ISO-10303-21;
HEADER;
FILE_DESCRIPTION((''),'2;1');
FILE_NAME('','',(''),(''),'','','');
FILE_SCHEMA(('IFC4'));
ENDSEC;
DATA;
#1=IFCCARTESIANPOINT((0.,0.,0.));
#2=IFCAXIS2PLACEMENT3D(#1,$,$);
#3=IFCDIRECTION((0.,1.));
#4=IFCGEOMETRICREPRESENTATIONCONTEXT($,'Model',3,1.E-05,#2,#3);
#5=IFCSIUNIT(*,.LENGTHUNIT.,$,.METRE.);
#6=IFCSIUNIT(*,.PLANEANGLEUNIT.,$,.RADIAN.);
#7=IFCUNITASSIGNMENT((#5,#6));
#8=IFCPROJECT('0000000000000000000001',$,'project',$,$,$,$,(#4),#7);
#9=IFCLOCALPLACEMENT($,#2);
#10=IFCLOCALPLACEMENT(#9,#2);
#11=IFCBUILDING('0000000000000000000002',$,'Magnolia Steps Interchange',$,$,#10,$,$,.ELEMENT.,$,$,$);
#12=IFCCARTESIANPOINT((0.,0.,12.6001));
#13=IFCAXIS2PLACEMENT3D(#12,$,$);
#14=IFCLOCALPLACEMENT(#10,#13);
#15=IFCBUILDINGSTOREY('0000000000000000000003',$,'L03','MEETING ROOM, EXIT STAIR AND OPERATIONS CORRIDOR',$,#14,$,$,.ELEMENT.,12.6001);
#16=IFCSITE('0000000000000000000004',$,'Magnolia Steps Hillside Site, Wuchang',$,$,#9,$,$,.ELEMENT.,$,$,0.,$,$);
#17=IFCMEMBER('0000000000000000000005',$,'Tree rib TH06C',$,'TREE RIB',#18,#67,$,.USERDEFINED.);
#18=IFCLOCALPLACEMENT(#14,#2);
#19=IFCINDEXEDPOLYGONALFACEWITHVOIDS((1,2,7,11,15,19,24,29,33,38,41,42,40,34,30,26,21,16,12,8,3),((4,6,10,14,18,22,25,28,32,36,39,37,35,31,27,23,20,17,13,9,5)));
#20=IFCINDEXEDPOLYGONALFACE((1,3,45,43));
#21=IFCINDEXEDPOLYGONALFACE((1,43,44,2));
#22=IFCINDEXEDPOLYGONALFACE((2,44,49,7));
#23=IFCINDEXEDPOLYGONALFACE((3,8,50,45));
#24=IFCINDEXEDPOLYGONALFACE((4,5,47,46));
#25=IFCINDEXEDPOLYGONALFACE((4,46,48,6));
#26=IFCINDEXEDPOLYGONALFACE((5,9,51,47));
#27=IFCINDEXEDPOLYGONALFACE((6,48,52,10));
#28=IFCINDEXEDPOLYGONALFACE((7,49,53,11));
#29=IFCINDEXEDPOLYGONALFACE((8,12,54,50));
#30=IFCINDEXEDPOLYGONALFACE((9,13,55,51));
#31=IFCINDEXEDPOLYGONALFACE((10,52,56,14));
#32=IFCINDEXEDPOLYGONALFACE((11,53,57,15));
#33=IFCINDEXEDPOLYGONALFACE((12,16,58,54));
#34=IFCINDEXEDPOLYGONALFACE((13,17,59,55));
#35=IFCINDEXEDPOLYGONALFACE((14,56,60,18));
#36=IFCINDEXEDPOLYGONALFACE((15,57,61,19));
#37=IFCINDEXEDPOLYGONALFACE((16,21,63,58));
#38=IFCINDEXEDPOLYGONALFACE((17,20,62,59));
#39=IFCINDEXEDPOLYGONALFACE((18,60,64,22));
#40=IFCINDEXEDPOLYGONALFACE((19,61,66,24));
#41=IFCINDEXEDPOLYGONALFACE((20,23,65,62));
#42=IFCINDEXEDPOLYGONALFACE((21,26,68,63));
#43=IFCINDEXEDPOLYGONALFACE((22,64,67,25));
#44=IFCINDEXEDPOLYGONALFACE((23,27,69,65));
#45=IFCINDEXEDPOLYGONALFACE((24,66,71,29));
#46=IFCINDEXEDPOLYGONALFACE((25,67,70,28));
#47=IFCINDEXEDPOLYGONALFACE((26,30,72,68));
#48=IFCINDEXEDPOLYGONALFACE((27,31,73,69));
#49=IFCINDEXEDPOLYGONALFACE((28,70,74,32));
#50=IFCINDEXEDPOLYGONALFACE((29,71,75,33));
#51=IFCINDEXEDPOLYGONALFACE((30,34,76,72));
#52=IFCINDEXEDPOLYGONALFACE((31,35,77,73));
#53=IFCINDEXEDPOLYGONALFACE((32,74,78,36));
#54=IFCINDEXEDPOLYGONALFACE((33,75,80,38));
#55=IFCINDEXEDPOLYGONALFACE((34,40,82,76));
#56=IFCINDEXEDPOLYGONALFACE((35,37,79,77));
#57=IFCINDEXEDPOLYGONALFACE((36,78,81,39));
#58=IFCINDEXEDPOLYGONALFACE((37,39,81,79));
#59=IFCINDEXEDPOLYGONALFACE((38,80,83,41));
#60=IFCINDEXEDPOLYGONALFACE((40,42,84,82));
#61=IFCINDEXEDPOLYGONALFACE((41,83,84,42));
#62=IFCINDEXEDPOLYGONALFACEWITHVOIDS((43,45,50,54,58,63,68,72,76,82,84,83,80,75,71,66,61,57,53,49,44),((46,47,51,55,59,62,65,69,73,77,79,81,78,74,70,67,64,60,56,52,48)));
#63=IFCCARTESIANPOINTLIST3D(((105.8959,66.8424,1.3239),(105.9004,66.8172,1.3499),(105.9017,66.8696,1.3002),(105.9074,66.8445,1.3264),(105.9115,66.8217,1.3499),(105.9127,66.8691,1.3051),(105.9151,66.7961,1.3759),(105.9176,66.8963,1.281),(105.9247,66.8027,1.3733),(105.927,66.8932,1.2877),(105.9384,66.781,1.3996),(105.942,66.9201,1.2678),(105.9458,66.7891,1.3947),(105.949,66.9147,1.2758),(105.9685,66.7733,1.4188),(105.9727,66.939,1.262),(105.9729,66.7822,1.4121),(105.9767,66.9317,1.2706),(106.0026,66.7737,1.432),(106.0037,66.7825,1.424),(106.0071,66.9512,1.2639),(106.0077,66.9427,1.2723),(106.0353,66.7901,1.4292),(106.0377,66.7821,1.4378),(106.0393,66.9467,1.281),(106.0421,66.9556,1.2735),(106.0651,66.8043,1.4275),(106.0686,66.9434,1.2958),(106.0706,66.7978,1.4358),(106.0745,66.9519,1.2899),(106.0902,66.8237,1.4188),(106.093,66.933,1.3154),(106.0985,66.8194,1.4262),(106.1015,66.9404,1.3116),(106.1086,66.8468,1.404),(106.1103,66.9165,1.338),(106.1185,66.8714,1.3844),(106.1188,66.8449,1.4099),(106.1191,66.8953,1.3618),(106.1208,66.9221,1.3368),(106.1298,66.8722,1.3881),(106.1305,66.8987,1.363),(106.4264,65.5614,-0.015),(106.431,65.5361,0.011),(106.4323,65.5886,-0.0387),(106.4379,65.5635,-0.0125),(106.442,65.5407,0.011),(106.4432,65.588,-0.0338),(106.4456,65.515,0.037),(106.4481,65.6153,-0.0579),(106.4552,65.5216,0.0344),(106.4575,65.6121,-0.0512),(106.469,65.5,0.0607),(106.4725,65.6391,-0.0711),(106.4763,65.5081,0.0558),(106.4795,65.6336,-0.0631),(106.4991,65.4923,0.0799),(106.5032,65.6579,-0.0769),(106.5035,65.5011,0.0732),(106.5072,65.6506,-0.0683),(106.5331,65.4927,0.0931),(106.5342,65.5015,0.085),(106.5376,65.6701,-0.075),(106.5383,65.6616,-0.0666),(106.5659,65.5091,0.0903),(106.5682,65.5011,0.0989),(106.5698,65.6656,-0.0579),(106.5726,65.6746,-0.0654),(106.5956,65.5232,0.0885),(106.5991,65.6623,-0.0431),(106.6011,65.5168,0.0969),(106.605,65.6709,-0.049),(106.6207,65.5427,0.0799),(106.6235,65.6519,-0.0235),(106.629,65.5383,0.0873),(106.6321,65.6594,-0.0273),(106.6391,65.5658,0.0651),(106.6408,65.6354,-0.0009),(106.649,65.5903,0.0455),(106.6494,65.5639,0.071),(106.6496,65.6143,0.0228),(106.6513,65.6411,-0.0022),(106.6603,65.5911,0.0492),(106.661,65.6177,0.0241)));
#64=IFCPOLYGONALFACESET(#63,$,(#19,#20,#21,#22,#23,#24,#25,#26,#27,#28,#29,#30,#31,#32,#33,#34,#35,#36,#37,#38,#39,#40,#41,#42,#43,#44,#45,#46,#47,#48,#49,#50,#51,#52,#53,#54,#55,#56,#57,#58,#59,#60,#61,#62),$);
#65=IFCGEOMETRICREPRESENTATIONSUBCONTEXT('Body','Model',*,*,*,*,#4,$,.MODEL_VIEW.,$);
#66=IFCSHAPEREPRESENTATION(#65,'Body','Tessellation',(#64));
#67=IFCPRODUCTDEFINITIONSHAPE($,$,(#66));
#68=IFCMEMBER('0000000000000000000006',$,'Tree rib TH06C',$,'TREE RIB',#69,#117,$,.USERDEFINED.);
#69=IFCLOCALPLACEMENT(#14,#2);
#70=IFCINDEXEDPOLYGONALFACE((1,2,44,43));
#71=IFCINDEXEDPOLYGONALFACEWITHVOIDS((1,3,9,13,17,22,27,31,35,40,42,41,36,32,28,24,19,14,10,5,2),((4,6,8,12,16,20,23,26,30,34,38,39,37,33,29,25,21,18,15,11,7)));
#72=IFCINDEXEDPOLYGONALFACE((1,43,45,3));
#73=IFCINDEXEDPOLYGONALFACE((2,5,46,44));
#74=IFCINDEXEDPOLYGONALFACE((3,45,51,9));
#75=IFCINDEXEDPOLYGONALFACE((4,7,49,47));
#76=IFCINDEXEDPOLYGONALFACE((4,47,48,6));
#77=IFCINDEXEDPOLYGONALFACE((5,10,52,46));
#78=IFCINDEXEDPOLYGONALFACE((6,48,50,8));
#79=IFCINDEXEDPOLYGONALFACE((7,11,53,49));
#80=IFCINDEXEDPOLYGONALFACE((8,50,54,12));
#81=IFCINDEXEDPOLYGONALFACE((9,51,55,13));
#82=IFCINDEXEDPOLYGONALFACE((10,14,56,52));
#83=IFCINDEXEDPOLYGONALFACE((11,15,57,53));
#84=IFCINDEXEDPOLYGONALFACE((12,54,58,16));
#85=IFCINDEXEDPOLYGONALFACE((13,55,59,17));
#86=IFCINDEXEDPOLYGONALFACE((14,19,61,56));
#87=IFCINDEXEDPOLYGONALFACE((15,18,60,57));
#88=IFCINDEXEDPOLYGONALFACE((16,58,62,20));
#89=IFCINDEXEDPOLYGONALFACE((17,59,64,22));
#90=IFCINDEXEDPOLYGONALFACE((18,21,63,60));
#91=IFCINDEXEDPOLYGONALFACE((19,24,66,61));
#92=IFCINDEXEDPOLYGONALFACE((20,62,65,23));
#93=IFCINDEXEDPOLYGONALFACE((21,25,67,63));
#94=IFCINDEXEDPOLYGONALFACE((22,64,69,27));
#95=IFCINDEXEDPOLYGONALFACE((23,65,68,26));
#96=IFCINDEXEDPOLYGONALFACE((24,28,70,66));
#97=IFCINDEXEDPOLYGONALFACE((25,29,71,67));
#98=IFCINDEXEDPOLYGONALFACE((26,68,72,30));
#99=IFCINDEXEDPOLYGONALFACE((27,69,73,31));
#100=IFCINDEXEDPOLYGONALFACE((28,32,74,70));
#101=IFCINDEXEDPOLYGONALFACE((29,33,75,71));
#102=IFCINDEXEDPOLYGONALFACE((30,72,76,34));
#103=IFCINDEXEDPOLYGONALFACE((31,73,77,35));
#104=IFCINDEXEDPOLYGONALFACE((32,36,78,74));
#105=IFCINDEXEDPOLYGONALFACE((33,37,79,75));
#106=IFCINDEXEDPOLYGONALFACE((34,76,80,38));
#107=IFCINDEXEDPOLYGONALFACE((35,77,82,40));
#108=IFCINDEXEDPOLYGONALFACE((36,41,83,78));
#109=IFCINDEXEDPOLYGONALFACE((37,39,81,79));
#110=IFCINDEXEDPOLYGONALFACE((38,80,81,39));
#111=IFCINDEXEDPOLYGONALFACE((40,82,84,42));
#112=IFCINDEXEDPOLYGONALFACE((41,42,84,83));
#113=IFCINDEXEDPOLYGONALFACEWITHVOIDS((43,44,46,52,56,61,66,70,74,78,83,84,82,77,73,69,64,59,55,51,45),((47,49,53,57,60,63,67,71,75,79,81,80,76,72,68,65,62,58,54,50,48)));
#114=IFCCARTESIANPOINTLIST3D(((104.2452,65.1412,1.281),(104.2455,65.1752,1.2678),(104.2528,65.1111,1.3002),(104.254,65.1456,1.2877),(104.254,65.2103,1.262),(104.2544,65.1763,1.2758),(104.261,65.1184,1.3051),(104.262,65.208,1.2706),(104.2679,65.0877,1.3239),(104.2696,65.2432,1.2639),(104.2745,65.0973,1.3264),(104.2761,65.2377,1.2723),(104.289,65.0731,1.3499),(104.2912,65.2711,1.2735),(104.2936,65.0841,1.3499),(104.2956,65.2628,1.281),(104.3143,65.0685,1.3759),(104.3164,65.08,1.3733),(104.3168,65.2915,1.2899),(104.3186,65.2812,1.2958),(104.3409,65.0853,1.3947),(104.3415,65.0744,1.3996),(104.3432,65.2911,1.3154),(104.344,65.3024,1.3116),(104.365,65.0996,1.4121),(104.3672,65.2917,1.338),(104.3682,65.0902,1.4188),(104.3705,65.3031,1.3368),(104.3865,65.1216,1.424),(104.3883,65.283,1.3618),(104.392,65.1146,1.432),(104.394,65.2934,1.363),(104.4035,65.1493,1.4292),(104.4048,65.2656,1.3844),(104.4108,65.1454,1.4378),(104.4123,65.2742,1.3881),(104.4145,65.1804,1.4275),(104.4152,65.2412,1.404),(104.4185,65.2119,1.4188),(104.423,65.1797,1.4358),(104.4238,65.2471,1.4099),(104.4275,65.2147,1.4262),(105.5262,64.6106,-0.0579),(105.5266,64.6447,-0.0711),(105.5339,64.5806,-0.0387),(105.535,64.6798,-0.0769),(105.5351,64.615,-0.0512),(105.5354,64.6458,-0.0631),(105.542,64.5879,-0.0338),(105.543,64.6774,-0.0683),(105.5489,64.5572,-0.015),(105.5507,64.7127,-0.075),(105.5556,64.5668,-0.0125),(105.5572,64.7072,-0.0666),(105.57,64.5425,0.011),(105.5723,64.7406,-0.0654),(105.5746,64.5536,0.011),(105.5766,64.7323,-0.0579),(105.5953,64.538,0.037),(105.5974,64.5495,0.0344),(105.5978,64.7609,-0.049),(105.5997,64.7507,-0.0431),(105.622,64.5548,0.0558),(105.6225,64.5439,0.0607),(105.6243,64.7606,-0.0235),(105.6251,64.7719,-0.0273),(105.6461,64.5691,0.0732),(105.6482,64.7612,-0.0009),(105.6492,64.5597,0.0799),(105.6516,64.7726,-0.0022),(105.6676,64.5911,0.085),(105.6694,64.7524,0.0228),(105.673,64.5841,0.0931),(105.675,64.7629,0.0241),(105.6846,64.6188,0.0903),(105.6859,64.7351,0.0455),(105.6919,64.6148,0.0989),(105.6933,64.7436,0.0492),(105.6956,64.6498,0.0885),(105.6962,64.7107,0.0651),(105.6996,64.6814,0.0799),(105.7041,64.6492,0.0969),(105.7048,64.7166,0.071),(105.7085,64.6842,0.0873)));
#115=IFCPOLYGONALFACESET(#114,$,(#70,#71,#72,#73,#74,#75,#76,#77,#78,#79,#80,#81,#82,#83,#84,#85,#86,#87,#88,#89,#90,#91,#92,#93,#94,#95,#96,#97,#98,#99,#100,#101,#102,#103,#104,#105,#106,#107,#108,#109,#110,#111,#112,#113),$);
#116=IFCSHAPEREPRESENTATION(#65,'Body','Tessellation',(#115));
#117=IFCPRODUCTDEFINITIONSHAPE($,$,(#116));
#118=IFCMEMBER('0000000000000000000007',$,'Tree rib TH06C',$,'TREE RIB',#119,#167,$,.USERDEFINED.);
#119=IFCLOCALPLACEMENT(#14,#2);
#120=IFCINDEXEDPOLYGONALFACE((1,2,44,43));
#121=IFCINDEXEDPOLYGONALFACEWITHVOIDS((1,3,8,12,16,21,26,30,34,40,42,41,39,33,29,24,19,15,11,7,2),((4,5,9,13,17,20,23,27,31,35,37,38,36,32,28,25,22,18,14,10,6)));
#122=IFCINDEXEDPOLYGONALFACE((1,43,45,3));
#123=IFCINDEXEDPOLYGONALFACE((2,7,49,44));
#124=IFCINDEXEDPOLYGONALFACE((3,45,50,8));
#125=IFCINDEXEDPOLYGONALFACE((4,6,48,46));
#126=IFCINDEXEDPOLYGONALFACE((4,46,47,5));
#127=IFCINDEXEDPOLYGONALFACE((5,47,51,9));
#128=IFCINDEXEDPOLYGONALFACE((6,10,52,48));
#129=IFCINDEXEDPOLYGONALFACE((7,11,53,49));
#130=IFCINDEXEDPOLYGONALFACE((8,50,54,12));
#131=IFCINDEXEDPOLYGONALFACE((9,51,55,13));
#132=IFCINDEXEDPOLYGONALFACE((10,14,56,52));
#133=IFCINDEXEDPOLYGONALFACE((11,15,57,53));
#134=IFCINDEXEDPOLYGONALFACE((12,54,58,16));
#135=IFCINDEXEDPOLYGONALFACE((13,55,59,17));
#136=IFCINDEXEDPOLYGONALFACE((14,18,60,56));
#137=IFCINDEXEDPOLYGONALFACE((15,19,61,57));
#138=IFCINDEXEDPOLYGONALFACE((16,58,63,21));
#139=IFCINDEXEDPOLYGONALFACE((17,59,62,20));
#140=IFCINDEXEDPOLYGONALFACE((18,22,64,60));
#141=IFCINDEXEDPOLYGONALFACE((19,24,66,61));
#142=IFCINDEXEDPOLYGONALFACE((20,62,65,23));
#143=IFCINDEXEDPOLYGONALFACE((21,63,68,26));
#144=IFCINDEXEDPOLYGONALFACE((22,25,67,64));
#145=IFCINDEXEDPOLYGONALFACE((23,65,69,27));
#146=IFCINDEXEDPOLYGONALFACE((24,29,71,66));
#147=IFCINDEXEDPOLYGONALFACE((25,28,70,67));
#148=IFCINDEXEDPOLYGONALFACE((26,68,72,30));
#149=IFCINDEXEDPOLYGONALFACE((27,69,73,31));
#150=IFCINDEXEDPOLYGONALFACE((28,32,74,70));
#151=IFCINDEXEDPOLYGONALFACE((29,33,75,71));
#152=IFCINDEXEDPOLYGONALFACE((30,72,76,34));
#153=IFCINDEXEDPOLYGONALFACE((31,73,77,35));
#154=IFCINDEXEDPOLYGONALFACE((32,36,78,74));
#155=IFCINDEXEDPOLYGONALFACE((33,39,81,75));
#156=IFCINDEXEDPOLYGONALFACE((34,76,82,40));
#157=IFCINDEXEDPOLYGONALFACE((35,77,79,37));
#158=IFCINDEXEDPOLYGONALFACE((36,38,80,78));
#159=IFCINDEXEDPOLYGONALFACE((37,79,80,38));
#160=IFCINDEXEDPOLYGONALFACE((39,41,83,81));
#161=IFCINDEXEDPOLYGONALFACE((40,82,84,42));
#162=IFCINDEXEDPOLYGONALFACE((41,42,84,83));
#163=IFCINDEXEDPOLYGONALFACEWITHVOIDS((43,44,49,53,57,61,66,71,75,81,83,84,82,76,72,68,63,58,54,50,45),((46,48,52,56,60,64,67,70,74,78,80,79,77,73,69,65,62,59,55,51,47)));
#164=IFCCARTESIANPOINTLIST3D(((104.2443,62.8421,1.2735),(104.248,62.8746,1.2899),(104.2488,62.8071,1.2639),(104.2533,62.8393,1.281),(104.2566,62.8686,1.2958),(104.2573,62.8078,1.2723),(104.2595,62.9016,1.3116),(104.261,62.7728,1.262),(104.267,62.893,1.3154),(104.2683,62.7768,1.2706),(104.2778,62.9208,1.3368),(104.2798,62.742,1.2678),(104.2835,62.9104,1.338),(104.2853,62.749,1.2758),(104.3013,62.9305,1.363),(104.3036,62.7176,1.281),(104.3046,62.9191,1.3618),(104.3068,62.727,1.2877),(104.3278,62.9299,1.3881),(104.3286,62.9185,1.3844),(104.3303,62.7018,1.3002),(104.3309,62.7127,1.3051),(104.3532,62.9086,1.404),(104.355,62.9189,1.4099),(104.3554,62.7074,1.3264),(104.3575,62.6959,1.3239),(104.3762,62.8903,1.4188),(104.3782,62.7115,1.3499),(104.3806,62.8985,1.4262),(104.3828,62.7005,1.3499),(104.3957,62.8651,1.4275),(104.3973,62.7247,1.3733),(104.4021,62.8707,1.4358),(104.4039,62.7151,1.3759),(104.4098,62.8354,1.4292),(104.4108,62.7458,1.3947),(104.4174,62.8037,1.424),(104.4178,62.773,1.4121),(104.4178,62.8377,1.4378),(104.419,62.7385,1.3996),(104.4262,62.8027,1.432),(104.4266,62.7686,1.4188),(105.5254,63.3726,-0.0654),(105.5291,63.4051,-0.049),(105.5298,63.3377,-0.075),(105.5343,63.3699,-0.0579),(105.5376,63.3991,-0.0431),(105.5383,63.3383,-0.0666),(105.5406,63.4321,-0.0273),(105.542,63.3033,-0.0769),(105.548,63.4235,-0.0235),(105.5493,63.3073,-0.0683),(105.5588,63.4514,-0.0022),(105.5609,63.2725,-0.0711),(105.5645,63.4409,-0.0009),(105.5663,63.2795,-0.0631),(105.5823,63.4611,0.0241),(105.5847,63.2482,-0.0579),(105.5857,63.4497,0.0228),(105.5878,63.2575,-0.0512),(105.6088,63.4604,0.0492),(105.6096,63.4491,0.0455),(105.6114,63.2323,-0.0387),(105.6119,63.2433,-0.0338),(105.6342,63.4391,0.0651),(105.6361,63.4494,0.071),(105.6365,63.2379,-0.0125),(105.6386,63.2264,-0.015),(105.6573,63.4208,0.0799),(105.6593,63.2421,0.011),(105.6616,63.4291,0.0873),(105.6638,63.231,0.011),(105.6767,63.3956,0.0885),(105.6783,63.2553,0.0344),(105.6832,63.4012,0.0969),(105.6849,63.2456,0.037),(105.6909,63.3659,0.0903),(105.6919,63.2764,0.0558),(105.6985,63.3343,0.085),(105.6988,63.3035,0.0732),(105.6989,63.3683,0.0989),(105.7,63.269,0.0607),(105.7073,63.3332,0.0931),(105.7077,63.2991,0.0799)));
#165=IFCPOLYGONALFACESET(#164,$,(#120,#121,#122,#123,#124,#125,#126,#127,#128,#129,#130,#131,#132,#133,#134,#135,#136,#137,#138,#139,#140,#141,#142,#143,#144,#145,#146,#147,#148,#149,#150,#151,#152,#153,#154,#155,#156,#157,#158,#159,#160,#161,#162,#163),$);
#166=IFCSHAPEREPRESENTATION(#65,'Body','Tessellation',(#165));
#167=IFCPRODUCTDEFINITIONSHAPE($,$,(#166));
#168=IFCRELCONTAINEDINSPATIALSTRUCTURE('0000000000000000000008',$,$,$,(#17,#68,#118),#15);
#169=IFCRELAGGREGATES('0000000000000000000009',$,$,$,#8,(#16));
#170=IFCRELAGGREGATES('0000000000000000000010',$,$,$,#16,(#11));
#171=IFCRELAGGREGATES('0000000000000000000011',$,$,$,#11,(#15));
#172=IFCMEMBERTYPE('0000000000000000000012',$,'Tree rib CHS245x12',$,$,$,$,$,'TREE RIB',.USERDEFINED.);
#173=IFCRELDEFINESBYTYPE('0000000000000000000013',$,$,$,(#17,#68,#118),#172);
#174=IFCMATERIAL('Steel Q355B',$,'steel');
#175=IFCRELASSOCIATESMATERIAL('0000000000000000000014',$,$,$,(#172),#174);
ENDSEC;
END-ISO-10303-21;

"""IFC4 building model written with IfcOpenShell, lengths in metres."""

from ifc_helpers import new_model, si_unit, direction, frame, origin, origin_2d, place, context, subcontext, project, spatial, hollow_circle, extrude, material, material_profile, profile_set, type_object, element, save


model = new_model("IFC4")

# Units and contexts
model_context = context("Model", 3, precision=1e-05, world=origin(), true_north=direction((0.0, 1.0)))
body_context = subcontext(model_context, "Body", "Model", "MODEL_VIEW")
ifc_project = project(units=[si_unit("LENGTHUNIT", "METRE"), si_unit("PLANEANGLEUNIT", "RADIAN")], contexts=[model_context])

# Site, building, storey
site_placement = place(None, origin())
site = spatial("IfcSite", under=ifc_project, at=site_placement, Name="Magnolia Steps Hillside Site, Wuchang", CompositionType="ELEMENT", RefElevation=0.0)
building_placement = place(site_placement, origin())
building = spatial("IfcBuilding", under=site, at=building_placement, Name="Magnolia Steps Interchange", CompositionType="ELEMENT")
storey_placement = place(building_placement, frame((0.0, 0.0, 12.6001)))
storey = spatial("IfcBuildingStorey", under=building, at=storey_placement, Name="L03", Description="MEETING ROOM, EXIT STAIR AND OPERATIONS CORRIDOR", CompositionType="ELEMENT", Elevation=12.6001)

# Members
ifc_material_1 = material(Name="Steel Q355B", Category="steel")
ifc_material_profile_1 = material_profile(ifc_material_1, hollow_circle(Radius=0.1226, WallThickness=0.012, at=origin_2d()), Name="CHS245x12")
ifc_profile_set_1 = profile_set([ifc_material_profile_1], Name="Steel Q355B")
member_type = type_object("IfcMemberType", Name="Tree rib CHS245x12", ElementType="TREE RIB", PredefinedType="USERDEFINED", material=ifc_profile_set_1)
for number, where, z_axis, x_axis, name in (
    (1, (106.5442, 65.583, 0.011), (-0.275246, 0.664618, 0.694638), (-0.923903, -0.382627, 0.0), "Tree rib TH06C"),
    (2, (105.6169, 64.6558, 0.011), (-0.664618, 0.275246, 0.694638), (-0.382627, -0.923903, 0.0), "Tree rib TH06C"),
    (3, (105.6169, 63.3442, 0.011), (-0.664618, -0.275246, 0.694638), (0.382627, -0.923903, 0.0), "Tree rib TH06C"),
):
    element("IfcMember", number, at=place(storey_placement, frame(where, z_axis=z_axis, x_axis=x_axis)), inside=storey, type_object=member_type, Name=name, ObjectType="TREE RIB", PredefinedType="USERDEFINED", context=body_context, shape_type="SweptSolid", body=[
        extrude(hollow_circle(Radius=0.1226, WallThickness=0.012, at=origin_2d()), origin(), (0.0, 0.0, 1.0), 1.9275),
    ])

save(model, "model.ifc")
